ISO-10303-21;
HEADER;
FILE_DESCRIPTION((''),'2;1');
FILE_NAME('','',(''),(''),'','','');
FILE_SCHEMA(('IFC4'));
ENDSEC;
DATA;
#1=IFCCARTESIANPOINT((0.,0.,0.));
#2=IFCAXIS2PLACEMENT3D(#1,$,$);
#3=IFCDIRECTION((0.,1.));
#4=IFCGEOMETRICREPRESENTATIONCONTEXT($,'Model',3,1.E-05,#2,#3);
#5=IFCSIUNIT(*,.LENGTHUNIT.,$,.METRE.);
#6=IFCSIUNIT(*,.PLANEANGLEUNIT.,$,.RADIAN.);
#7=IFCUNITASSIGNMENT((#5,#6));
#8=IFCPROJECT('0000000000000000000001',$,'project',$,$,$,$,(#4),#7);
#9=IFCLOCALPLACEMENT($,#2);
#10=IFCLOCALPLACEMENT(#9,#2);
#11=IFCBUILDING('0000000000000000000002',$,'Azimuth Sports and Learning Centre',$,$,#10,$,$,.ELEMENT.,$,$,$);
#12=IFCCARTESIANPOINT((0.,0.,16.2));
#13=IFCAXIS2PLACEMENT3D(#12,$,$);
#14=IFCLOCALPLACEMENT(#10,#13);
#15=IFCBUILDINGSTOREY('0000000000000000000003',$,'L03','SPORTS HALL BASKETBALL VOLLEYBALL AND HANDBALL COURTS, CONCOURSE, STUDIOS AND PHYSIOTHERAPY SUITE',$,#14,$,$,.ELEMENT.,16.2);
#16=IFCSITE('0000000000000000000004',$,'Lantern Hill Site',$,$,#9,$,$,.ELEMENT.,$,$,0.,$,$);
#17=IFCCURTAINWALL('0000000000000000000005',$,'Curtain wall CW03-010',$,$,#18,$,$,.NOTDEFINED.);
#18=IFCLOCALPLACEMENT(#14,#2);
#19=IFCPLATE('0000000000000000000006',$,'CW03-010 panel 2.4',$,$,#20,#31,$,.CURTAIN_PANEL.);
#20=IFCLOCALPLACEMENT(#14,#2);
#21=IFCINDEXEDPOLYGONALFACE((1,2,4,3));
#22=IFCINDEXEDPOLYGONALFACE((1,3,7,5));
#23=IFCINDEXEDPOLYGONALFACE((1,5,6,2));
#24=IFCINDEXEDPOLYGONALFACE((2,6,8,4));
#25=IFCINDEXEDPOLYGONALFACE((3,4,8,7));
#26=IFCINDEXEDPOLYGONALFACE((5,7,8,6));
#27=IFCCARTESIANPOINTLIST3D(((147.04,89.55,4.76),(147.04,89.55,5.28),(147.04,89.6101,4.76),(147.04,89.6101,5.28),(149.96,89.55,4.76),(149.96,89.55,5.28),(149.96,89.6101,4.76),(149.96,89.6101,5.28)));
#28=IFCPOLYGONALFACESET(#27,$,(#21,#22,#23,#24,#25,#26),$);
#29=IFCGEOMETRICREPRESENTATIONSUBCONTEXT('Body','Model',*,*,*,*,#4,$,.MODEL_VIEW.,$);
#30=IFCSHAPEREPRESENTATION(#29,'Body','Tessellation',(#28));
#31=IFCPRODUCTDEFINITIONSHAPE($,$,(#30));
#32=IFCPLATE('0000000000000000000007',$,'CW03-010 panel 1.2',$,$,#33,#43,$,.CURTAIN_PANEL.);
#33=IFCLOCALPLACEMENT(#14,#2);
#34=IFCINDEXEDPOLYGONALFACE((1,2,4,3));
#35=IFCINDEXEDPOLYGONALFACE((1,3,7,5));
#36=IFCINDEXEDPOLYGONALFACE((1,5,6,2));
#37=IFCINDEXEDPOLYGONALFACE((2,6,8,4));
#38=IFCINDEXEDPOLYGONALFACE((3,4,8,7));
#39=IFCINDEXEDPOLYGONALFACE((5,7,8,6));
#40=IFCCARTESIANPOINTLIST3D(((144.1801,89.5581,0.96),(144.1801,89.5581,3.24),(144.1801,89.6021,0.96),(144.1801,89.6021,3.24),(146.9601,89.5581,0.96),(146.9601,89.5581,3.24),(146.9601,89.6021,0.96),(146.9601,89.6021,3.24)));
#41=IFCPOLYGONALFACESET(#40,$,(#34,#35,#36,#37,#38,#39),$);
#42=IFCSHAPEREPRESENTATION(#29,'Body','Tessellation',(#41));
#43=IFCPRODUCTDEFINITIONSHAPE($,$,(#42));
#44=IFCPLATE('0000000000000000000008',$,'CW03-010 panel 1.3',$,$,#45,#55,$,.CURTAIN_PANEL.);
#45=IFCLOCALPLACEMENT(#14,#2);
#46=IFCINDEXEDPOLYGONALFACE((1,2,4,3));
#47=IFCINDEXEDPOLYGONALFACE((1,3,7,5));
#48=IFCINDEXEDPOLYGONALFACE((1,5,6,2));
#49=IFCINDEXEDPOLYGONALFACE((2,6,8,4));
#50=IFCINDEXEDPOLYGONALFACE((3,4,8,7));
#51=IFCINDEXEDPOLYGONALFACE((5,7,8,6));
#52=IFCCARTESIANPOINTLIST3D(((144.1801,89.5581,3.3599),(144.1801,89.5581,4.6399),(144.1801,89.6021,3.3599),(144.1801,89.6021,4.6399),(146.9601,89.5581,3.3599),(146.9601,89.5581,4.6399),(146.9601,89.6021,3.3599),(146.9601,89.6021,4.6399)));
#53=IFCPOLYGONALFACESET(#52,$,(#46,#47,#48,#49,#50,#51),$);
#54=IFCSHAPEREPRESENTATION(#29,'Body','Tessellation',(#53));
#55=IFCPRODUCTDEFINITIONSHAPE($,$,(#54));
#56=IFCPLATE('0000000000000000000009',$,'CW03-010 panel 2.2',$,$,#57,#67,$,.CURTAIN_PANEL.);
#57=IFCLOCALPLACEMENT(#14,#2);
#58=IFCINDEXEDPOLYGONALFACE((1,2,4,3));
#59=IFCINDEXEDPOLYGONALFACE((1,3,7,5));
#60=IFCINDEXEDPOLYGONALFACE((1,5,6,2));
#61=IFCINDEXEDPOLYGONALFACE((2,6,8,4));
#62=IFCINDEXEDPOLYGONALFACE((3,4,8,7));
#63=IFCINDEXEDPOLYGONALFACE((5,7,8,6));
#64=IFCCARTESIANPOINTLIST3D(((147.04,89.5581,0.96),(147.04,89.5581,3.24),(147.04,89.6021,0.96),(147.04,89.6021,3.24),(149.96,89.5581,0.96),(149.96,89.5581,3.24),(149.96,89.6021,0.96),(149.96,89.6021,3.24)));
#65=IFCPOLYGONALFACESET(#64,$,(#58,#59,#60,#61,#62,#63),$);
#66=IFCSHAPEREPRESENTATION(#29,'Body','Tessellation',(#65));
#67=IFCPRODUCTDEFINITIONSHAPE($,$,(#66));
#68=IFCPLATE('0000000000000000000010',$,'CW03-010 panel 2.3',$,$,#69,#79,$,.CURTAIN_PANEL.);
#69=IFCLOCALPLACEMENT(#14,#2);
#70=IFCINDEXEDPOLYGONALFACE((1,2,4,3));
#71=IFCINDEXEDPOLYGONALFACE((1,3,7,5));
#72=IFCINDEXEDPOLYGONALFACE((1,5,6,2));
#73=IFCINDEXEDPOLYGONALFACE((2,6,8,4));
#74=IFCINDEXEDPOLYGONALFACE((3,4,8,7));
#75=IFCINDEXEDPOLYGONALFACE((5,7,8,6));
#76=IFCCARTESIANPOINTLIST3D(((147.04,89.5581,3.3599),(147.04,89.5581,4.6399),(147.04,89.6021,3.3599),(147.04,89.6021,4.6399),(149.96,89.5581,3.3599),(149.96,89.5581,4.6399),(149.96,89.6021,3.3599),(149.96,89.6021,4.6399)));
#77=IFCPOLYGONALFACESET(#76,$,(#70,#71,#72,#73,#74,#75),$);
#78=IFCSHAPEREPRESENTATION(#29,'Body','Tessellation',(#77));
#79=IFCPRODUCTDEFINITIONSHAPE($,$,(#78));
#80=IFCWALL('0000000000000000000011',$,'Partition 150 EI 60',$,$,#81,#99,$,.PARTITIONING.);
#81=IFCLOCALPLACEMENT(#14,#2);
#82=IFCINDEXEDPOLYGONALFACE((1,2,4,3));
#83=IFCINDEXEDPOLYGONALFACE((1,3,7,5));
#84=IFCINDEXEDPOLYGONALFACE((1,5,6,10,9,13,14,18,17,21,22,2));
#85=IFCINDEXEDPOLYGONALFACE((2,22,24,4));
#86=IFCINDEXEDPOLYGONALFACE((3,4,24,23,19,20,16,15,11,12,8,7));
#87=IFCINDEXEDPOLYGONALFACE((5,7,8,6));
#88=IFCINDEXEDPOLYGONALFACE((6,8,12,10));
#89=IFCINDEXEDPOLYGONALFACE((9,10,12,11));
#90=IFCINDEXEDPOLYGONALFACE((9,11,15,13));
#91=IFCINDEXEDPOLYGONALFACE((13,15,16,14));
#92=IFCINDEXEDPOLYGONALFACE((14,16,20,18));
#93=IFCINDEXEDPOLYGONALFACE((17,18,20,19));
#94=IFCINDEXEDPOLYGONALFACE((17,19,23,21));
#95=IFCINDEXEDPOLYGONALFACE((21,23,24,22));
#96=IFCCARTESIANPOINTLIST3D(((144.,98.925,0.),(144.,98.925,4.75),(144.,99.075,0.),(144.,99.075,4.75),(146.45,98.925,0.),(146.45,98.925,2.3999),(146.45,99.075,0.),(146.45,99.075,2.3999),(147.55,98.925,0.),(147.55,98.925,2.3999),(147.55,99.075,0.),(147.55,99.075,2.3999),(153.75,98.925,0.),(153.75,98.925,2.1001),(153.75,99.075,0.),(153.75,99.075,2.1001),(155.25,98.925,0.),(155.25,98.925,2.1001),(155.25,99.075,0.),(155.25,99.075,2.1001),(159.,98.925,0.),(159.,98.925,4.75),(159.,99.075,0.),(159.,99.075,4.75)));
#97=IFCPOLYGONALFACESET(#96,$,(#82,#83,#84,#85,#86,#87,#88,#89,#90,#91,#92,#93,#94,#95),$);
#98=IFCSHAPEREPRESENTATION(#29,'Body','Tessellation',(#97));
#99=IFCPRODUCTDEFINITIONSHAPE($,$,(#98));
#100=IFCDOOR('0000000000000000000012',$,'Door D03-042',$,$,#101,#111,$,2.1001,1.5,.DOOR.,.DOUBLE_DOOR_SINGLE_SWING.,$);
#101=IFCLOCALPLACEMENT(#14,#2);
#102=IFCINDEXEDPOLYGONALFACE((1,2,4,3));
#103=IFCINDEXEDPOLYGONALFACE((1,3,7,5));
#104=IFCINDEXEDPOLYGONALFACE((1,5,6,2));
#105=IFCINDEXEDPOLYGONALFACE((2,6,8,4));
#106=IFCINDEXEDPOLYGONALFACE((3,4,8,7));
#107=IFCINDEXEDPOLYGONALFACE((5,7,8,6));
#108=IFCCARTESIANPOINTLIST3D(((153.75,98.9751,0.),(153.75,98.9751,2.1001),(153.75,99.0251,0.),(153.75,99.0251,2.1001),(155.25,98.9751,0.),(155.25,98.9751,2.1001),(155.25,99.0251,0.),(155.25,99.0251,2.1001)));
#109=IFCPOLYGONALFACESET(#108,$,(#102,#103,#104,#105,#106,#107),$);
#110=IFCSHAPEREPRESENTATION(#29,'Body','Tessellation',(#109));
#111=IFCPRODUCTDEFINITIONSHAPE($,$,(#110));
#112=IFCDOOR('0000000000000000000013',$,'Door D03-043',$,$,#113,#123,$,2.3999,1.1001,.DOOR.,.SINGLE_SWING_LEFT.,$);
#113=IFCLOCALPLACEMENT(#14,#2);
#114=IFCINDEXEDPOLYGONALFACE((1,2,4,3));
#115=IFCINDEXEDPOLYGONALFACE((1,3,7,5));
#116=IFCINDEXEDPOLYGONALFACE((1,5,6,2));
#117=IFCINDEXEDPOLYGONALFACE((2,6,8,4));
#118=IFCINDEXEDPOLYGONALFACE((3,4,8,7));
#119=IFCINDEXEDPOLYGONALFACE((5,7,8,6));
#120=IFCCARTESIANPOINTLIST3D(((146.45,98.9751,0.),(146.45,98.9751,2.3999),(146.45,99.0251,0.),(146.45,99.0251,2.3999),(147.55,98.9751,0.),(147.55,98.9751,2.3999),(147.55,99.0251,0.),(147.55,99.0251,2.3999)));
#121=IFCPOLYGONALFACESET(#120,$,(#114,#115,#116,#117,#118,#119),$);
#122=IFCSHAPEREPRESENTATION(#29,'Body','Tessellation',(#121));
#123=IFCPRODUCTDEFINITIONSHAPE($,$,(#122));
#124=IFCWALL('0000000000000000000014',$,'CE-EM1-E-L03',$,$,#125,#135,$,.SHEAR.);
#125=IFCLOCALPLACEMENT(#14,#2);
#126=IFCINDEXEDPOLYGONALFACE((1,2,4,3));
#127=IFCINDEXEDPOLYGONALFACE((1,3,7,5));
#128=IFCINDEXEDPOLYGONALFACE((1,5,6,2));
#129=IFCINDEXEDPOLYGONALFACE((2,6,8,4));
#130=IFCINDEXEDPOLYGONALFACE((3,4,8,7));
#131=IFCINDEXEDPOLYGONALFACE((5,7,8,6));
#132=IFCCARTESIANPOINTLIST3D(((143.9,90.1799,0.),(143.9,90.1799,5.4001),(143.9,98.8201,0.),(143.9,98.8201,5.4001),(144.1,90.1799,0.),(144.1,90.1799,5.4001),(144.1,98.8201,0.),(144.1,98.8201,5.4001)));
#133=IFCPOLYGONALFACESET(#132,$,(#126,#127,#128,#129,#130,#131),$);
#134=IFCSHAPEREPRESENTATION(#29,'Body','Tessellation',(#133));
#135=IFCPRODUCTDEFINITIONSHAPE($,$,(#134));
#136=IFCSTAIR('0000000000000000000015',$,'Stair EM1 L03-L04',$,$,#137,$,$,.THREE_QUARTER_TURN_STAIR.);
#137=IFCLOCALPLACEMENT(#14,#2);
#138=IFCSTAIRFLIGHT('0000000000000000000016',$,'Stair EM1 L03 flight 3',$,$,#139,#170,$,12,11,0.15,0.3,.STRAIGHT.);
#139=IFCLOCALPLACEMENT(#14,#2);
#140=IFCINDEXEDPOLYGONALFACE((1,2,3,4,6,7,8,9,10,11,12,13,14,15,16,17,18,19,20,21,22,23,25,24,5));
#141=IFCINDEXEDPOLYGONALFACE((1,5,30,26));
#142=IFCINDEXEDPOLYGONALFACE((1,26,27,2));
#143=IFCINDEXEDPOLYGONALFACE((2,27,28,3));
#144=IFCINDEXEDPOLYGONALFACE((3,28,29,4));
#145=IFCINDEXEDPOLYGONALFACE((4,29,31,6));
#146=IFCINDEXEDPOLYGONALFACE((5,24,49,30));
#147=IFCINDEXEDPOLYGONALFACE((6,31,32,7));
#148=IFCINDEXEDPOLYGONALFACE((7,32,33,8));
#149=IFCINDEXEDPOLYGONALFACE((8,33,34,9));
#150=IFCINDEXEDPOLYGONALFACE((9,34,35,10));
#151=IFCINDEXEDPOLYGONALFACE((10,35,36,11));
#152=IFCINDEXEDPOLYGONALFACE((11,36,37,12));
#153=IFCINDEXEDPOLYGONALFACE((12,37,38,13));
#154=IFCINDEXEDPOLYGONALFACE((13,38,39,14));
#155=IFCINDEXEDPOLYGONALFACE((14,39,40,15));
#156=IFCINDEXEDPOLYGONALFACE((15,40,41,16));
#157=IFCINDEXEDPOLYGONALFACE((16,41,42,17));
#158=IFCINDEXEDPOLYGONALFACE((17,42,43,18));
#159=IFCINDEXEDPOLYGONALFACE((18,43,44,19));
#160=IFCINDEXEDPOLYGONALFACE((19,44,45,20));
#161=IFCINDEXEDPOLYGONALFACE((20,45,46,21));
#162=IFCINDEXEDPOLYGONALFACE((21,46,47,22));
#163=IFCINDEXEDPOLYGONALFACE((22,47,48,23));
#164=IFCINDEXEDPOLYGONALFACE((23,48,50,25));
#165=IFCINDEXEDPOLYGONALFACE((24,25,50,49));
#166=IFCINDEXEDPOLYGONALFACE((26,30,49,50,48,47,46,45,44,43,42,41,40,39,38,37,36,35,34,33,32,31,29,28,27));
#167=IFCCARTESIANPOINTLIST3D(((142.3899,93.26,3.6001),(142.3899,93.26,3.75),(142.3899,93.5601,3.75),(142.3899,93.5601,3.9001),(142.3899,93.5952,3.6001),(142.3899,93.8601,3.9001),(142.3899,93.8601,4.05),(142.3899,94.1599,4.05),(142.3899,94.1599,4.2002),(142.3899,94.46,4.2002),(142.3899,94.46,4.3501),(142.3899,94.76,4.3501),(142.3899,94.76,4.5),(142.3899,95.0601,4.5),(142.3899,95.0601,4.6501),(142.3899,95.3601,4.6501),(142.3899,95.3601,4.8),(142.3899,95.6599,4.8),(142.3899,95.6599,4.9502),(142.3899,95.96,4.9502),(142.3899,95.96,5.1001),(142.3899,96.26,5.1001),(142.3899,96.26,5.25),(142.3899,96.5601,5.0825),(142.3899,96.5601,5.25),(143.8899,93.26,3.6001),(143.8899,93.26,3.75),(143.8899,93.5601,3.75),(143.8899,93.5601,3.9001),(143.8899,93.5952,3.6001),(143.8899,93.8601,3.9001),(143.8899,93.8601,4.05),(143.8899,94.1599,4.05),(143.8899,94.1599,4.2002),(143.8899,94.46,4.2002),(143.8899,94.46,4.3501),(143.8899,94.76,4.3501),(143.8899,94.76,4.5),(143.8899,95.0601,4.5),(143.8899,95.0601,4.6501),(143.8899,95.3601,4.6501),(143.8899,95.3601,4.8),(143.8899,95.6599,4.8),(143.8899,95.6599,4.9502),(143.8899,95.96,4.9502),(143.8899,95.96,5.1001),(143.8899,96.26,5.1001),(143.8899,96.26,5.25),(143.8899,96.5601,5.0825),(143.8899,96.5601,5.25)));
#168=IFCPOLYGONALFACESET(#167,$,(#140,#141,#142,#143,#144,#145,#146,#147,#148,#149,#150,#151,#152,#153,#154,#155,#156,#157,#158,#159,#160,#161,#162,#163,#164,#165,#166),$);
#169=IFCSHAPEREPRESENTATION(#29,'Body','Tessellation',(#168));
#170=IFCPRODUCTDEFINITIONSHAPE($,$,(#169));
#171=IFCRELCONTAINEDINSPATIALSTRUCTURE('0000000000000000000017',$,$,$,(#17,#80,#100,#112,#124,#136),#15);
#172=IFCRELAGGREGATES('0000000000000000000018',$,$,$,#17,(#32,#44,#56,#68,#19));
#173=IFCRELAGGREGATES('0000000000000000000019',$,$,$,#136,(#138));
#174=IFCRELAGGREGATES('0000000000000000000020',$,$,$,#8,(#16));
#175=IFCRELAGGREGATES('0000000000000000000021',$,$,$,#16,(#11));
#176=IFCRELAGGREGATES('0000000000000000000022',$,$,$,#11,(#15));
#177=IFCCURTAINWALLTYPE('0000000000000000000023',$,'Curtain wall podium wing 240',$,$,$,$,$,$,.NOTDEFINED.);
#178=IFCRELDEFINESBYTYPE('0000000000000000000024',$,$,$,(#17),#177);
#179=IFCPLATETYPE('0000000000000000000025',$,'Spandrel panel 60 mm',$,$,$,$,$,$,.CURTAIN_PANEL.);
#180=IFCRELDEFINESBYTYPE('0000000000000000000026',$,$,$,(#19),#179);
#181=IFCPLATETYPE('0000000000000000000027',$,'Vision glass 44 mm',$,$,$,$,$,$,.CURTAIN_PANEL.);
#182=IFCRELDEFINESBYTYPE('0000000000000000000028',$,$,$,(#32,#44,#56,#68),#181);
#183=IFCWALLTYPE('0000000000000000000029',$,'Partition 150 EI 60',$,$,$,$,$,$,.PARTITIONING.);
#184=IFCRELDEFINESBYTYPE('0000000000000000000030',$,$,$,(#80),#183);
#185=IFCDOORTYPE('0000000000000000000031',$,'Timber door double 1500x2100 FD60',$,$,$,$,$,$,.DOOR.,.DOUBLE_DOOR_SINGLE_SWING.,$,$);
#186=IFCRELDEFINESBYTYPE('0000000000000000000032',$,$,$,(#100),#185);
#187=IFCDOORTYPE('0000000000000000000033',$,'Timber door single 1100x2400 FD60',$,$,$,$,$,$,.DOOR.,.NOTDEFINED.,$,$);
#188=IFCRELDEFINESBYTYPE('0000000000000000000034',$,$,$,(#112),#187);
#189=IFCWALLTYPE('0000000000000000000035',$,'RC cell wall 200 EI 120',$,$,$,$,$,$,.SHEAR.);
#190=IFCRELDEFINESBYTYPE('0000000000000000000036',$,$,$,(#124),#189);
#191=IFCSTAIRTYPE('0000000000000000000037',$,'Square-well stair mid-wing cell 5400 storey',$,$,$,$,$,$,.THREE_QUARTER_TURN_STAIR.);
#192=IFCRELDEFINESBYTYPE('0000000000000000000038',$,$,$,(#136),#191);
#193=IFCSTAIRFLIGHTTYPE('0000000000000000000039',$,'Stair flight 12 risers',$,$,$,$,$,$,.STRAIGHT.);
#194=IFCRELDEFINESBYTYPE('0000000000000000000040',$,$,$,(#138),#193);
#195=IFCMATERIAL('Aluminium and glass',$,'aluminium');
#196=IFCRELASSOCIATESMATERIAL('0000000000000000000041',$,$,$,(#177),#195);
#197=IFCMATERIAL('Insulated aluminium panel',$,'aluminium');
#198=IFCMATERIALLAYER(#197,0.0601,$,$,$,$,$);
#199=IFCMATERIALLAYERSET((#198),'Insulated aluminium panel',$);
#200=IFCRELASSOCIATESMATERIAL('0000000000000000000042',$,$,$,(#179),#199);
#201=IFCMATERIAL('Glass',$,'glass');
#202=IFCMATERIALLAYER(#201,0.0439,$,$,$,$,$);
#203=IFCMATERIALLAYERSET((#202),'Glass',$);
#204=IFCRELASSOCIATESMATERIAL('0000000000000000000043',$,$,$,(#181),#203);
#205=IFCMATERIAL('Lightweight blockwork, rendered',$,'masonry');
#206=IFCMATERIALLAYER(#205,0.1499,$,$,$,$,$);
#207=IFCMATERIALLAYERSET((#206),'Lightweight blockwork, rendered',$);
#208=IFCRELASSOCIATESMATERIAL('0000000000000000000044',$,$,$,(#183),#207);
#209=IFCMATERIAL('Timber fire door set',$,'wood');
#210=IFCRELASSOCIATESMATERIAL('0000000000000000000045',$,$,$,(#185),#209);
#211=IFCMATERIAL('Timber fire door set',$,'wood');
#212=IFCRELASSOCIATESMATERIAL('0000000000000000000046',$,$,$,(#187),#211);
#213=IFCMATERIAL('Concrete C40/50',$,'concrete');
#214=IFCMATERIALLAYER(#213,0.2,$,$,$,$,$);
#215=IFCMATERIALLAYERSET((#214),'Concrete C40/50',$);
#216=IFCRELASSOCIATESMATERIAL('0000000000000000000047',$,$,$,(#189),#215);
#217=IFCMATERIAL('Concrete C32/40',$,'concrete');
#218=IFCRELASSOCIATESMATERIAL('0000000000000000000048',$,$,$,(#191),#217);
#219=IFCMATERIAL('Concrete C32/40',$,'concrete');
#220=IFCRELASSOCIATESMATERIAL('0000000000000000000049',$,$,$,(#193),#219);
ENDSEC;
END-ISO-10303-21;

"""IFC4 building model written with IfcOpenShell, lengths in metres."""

from ifc_helpers import new_model, si_unit, direction, frame, frame_2d, origin, origin_2d, place, context, subcontext, project, spatial, polyline, rectangle, outline, extrude, material, layer, layer_set, type_object, element, fill, aggregate, save


model = new_model("IFC4")

# Units and contexts
model_context = context("Model", 3, precision=1e-05, world=origin(), true_north=direction((0.0, 1.0)))
body_context = subcontext(model_context, "Body", "Model", "MODEL_VIEW")
ifc_project = project(units=[si_unit("LENGTHUNIT", "METRE"), si_unit("PLANEANGLEUNIT", "RADIAN")], contexts=[model_context])

# Site, building, storey
site_placement = place(None, origin())
site = spatial("IfcSite", under=ifc_project, at=site_placement, Name="Lantern Hill Site", CompositionType="ELEMENT", RefElevation=0.0)
building_placement = place(site_placement, origin())
building = spatial("IfcBuilding", under=site, at=building_placement, Name="Azimuth Sports and Learning Centre", CompositionType="ELEMENT")
storey_placement = place(building_placement, frame((0.0, 0.0, 16.2)))
storey = spatial("IfcBuildingStorey", under=building, at=storey_placement, Name="L03", Description="SPORTS HALL BASKETBALL VOLLEYBALL AND HANDBALL COURTS, CONCOURSE, STUDIOS AND PHYSIOTHERAPY SUITE", CompositionType="ELEMENT", Elevation=16.2)

# Curtain wall, plates
ifc_material_1 = material(Name="Aluminium and glass", Category="aluminium")
curtain_wall_type = type_object("IfcCurtainWallType", Name="Curtain wall podium wing 240", PredefinedType="NOTDEFINED", material=ifc_material_1)
curtain_wall_placement = place(storey_placement, origin())
curtain_wall = element("IfcCurtainWall", 1, at=curtain_wall_placement, inside=storey, type_object=curtain_wall_type, Name="Curtain wall CW03-010", PredefinedType="NOTDEFINED")
ifc_material_2 = material(Name="Insulated aluminium panel", Category="aluminium")
ifc_layer_1 = layer(ifc_material_2, 0.0601)
ifc_layer_set_1 = layer_set([ifc_layer_1], Name="Insulated aluminium panel")
plate_type_1 = type_object("IfcPlateType", Name="Spandrel panel 60 mm", PredefinedType="CURTAIN_PANEL", material=ifc_layer_set_1)
plate_1_placement = place(storey_placement, frame((148.5, 89.5801, 4.76), z_axis=(0.0, 0.0, 1.0), x_axis=(1.0, 0.0, 0.0)))
plate_1 = element("IfcPlate", 2, at=plate_1_placement, type_object=plate_type_1, Name="CW03-010 panel 2.4", PredefinedType="CURTAIN_PANEL", context=body_context, shape_type="SweptSolid", body=[
    extrude(rectangle(XDim=2.9199, YDim=0.0601, at=origin_2d()), origin(), (0.0, 0.0, 1.0), 0.52),
])
ifc_material_3 = material(Name="Glass", Category="glass")
ifc_layer_2 = layer(ifc_material_3, 0.0439)
ifc_layer_set_2 = layer_set([ifc_layer_2], Name="Glass")
plate_type_2 = type_object("IfcPlateType", Name="Vision glass 44 mm", PredefinedType="CURTAIN_PANEL", material=ifc_layer_set_2)
plate_2_placement = place(storey_placement, frame((145.5701, 89.5801, 0.96), z_axis=(0.0, 0.0, 1.0), x_axis=(1.0, 0.0, 0.0)))
plate_2 = element("IfcPlate", 3, at=plate_2_placement, type_object=plate_type_2, Name="CW03-010 panel 1.2", PredefinedType="CURTAIN_PANEL", context=body_context, shape_type="SweptSolid", body=[
    extrude(rectangle(XDim=2.78, YDim=0.0439, at=origin_2d()), origin(), (0.0, 0.0, 1.0), 2.28),
])
plate_3_placement = place(storey_placement, frame((145.5701, 89.5801, 3.3599), z_axis=(0.0, 0.0, 1.0), x_axis=(1.0, 0.0, 0.0)))
plate_3 = element("IfcPlate", 4, at=plate_3_placement, type_object=plate_type_2, Name="CW03-010 panel 1.3", PredefinedType="CURTAIN_PANEL", context=body_context, shape_type="SweptSolid", body=[
    extrude(rectangle(XDim=2.78, YDim=0.0439, at=origin_2d()), origin(), (0.0, 0.0, 1.0), 1.28),
])
plate_4_placement = place(storey_placement, frame((148.5, 89.5801, 0.96), z_axis=(0.0, 0.0, 1.0), x_axis=(1.0, 0.0, 0.0)))
plate_4 = element("IfcPlate", 5, at=plate_4_placement, type_object=plate_type_2, Name="CW03-010 panel 2.2", PredefinedType="CURTAIN_PANEL", context=body_context, shape_type="SweptSolid", body=[
    extrude(rectangle(XDim=2.9199, YDim=0.0439, at=origin_2d()), origin(), (0.0, 0.0, 1.0), 2.28),
])
plate_5_placement = place(storey_placement, frame((148.5, 89.5801, 3.3599), z_axis=(0.0, 0.0, 1.0), x_axis=(1.0, 0.0, 0.0)))
plate_5 = element("IfcPlate", 6, at=plate_5_placement, type_object=plate_type_2, Name="CW03-010 panel 2.3", PredefinedType="CURTAIN_PANEL", context=body_context, shape_type="SweptSolid", body=[
    extrude(rectangle(XDim=2.9199, YDim=0.0439, at=origin_2d()), origin(), (0.0, 0.0, 1.0), 1.28),
])
aggregate(curtain_wall, [plate_2, plate_3, plate_4, plate_5, plate_1])

# Wall, openings, doors
ifc_material_4 = material(Name="Lightweight blockwork, rendered", Category="masonry")
ifc_layer_3 = layer(ifc_material_4, 0.1499)
ifc_layer_set_3 = layer_set([ifc_layer_3], Name="Lightweight blockwork, rendered")
wall_type_1 = type_object("IfcWallType", Name="Partition 150 EI 60", PredefinedType="PARTITIONING", material=ifc_layer_set_3)
wall_1_placement = place(storey_placement, frame((144.0, 99.0, 0.0), z_axis=(0.0, 0.0, 1.0), x_axis=(1.0, 0.0, 0.0)))
wall_1 = element("IfcWall", 7, at=wall_1_placement, inside=storey, type_object=wall_type_1, Name="Partition 150 EI 60", PredefinedType="PARTITIONING", context=body_context, shape_type="SweptSolid", body=[
    extrude(rectangle(XDim=15.0, YDim=0.1499, at=frame_2d((7.5, 0.0))), origin(), (0.0, 0.0, 1.0), 4.75),
])
opening_1_placement = place(wall_1_placement, frame((9.75, 0.0, 0.0)))
opening_1 = element("IfcOpeningElement", 8, at=opening_1_placement, cuts=wall_1, PredefinedType="OPENING", context=body_context, shape_type="SweptSolid", body=[
    extrude(rectangle(XDim=1.5, YDim=2.1001, at=frame_2d((0.75, 1.05))), frame((0.0, 0.0859, 0.0), z_axis=(0.0, -1.0, 0.0), x_axis=(1.0, 0.0, 0.0)), (0.0, 0.0, 1.0), 0.1719),
])
opening_2_placement = place(wall_1_placement, frame((2.45, 0.0, 0.0)))
opening_2 = element("IfcOpeningElement", 9, at=opening_2_placement, cuts=wall_1, PredefinedType="OPENING", context=body_context, shape_type="SweptSolid", body=[
    extrude(rectangle(XDim=1.1001, YDim=2.3999, at=frame_2d((0.55, 1.2))), frame((0.0, 0.0859, 0.0), z_axis=(0.0, -1.0, 0.0), x_axis=(1.0, 0.0, 0.0)), (0.0, 0.0, 1.0), 0.1719),
])
ifc_material_5 = material(Name="Timber fire door set", Category="wood")
door_type_1 = type_object("IfcDoorType", Name="Timber door double 1500x2100 FD60", OperationType="DOUBLE_DOOR_SINGLE_SWING", PredefinedType="DOOR", material=ifc_material_5)
door_1_placement = place(opening_1_placement, frame((1.5, 0.0, 0.0), z_axis=(0.0, 0.0, 1.0), x_axis=(-1.0, 0.0, 0.0)))
door_1 = element("IfcDoor", 10, at=door_1_placement, inside=storey, type_object=door_type_1, Name="Door D03-042", OperationType="DOUBLE_DOOR_SINGLE_SWING", OverallHeight=2.1001, OverallWidth=1.5, PredefinedType="DOOR", context=body_context, shape_type="SweptSolid", body=[
    extrude(rectangle(XDim=1.5, YDim=2.1001, at=frame_2d((0.75, 1.05))), frame((0.0, 0.0249, 0.0), z_axis=(0.0, -1.0, 0.0), x_axis=(1.0, 0.0, 0.0)), (0.0, 0.0, 1.0), 0.05),
])
fill(opening_1, door_1)
ifc_material_6 = material(Name="Timber fire door set", Category="wood")
door_type_2 = type_object("IfcDoorType", Name="Timber door single 1100x2400 FD60", OperationType="NOTDEFINED", PredefinedType="DOOR", material=ifc_material_6)
door_2_placement = place(opening_2_placement, frame((1.1001, 0.0, 0.0), z_axis=(0.0, 0.0, 1.0), x_axis=(-1.0, 0.0, 0.0)))
door_2 = element("IfcDoor", 11, at=door_2_placement, inside=storey, type_object=door_type_2, Name="Door D03-043", OperationType="SINGLE_SWING_LEFT", OverallHeight=2.3999, OverallWidth=1.1001, PredefinedType="DOOR", context=body_context, shape_type="SweptSolid", body=[
    extrude(rectangle(XDim=1.1001, YDim=2.3999, at=frame_2d((0.55, 1.2))), frame((0.0, 0.0249, 0.0), z_axis=(0.0, -1.0, 0.0), x_axis=(1.0, 0.0, 0.0)), (0.0, 0.0, 1.0), 0.05),
])
fill(opening_2, door_2)

# Wall
ifc_material_7 = material(Name="Concrete C40/50", Category="concrete")
ifc_layer_4 = layer(ifc_material_7, 0.2)
ifc_layer_set_4 = layer_set([ifc_layer_4], Name="Concrete C40/50")
wall_type_2 = type_object("IfcWallType", Name="RC cell wall 200 EI 120", PredefinedType="SHEAR", material=ifc_layer_set_4)
wall_2_placement = place(storey_placement, frame((144.0, 90.1799, 0.0), z_axis=(0.0, 0.0, 1.0), x_axis=(0.0, 1.0, 0.0)))
element("IfcWall", 12, at=wall_2_placement, inside=storey, type_object=wall_type_2, Name="CE-EM1-E-L03", PredefinedType="SHEAR", context=body_context, shape_type="SweptSolid", body=[
    extrude(rectangle(XDim=8.6401, YDim=0.2, at=frame_2d((4.3201, 0.0))), origin(), (0.0, 0.0, 1.0), 5.4001),
])

# Stair, stair flight
ifc_material_8 = material(Name="Concrete C32/40", Category="concrete")
stair_type = type_object("IfcStairType", Name="Square-well stair mid-wing cell 5400 storey", PredefinedType="THREE_QUARTER_TURN_STAIR", material=ifc_material_8)
stair_placement = place(storey_placement, origin())
stair = element("IfcStair", 13, at=stair_placement, inside=storey, type_object=stair_type, Name="Stair EM1 L03-L04", PredefinedType="THREE_QUARTER_TURN_STAIR")
ifc_material_9 = material(Name="Concrete C32/40", Category="concrete")
stair_flight_type = type_object("IfcStairFlightType", Name="Stair flight 12 risers", PredefinedType="STRAIGHT", material=ifc_material_9)
stair_flight_placement = place(storey_placement, frame((143.1399, 93.26, 3.6001), z_axis=(0.0, 0.0, 1.0), x_axis=(0.0, 1.0, 0.0)))
stair_flight = element("IfcStairFlight", 14, at=stair_flight_placement, type_object=stair_flight_type, Name="Stair EM1 L03 flight 3", NumberOfRisers=12, NumberOfTreads=11, PredefinedType="STRAIGHT", RiserHeight=0.15, TreadLength=0.3, context=body_context, shape_type="SweptSolid", body=[
    extrude(outline(polyline([(0.0, 0.0), (0.0, 0.1499), (0.3, 0.1499), (0.3, 0.3), (0.6001, 0.3), (0.6001, 0.45), (0.8999, 0.45), (0.8999, 0.6001), (1.2, 0.6001), (1.2, 0.75), (1.5, 0.75), (1.5, 0.8999), (1.8, 0.8999), (1.8, 1.05), (2.1001, 1.05), (2.1001, 1.2), (2.3999, 1.2), (2.3999, 1.3501), (2.7, 1.3501), (2.7, 1.5), (3.0, 1.5), (3.0, 1.6499), (3.3, 1.6499), (3.3, 1.8), (3.3, 1.4824), (0.3352, 0.0), (0.0, 0.0)])), frame((0.0, 0.75, 0.0), z_axis=(0.0, -1.0, 0.0), x_axis=(1.0, 0.0, 0.0)), (0.0, 0.0, 1.0), 1.5),
])
aggregate(stair, [stair_flight])

save(model, "model.ifc")
